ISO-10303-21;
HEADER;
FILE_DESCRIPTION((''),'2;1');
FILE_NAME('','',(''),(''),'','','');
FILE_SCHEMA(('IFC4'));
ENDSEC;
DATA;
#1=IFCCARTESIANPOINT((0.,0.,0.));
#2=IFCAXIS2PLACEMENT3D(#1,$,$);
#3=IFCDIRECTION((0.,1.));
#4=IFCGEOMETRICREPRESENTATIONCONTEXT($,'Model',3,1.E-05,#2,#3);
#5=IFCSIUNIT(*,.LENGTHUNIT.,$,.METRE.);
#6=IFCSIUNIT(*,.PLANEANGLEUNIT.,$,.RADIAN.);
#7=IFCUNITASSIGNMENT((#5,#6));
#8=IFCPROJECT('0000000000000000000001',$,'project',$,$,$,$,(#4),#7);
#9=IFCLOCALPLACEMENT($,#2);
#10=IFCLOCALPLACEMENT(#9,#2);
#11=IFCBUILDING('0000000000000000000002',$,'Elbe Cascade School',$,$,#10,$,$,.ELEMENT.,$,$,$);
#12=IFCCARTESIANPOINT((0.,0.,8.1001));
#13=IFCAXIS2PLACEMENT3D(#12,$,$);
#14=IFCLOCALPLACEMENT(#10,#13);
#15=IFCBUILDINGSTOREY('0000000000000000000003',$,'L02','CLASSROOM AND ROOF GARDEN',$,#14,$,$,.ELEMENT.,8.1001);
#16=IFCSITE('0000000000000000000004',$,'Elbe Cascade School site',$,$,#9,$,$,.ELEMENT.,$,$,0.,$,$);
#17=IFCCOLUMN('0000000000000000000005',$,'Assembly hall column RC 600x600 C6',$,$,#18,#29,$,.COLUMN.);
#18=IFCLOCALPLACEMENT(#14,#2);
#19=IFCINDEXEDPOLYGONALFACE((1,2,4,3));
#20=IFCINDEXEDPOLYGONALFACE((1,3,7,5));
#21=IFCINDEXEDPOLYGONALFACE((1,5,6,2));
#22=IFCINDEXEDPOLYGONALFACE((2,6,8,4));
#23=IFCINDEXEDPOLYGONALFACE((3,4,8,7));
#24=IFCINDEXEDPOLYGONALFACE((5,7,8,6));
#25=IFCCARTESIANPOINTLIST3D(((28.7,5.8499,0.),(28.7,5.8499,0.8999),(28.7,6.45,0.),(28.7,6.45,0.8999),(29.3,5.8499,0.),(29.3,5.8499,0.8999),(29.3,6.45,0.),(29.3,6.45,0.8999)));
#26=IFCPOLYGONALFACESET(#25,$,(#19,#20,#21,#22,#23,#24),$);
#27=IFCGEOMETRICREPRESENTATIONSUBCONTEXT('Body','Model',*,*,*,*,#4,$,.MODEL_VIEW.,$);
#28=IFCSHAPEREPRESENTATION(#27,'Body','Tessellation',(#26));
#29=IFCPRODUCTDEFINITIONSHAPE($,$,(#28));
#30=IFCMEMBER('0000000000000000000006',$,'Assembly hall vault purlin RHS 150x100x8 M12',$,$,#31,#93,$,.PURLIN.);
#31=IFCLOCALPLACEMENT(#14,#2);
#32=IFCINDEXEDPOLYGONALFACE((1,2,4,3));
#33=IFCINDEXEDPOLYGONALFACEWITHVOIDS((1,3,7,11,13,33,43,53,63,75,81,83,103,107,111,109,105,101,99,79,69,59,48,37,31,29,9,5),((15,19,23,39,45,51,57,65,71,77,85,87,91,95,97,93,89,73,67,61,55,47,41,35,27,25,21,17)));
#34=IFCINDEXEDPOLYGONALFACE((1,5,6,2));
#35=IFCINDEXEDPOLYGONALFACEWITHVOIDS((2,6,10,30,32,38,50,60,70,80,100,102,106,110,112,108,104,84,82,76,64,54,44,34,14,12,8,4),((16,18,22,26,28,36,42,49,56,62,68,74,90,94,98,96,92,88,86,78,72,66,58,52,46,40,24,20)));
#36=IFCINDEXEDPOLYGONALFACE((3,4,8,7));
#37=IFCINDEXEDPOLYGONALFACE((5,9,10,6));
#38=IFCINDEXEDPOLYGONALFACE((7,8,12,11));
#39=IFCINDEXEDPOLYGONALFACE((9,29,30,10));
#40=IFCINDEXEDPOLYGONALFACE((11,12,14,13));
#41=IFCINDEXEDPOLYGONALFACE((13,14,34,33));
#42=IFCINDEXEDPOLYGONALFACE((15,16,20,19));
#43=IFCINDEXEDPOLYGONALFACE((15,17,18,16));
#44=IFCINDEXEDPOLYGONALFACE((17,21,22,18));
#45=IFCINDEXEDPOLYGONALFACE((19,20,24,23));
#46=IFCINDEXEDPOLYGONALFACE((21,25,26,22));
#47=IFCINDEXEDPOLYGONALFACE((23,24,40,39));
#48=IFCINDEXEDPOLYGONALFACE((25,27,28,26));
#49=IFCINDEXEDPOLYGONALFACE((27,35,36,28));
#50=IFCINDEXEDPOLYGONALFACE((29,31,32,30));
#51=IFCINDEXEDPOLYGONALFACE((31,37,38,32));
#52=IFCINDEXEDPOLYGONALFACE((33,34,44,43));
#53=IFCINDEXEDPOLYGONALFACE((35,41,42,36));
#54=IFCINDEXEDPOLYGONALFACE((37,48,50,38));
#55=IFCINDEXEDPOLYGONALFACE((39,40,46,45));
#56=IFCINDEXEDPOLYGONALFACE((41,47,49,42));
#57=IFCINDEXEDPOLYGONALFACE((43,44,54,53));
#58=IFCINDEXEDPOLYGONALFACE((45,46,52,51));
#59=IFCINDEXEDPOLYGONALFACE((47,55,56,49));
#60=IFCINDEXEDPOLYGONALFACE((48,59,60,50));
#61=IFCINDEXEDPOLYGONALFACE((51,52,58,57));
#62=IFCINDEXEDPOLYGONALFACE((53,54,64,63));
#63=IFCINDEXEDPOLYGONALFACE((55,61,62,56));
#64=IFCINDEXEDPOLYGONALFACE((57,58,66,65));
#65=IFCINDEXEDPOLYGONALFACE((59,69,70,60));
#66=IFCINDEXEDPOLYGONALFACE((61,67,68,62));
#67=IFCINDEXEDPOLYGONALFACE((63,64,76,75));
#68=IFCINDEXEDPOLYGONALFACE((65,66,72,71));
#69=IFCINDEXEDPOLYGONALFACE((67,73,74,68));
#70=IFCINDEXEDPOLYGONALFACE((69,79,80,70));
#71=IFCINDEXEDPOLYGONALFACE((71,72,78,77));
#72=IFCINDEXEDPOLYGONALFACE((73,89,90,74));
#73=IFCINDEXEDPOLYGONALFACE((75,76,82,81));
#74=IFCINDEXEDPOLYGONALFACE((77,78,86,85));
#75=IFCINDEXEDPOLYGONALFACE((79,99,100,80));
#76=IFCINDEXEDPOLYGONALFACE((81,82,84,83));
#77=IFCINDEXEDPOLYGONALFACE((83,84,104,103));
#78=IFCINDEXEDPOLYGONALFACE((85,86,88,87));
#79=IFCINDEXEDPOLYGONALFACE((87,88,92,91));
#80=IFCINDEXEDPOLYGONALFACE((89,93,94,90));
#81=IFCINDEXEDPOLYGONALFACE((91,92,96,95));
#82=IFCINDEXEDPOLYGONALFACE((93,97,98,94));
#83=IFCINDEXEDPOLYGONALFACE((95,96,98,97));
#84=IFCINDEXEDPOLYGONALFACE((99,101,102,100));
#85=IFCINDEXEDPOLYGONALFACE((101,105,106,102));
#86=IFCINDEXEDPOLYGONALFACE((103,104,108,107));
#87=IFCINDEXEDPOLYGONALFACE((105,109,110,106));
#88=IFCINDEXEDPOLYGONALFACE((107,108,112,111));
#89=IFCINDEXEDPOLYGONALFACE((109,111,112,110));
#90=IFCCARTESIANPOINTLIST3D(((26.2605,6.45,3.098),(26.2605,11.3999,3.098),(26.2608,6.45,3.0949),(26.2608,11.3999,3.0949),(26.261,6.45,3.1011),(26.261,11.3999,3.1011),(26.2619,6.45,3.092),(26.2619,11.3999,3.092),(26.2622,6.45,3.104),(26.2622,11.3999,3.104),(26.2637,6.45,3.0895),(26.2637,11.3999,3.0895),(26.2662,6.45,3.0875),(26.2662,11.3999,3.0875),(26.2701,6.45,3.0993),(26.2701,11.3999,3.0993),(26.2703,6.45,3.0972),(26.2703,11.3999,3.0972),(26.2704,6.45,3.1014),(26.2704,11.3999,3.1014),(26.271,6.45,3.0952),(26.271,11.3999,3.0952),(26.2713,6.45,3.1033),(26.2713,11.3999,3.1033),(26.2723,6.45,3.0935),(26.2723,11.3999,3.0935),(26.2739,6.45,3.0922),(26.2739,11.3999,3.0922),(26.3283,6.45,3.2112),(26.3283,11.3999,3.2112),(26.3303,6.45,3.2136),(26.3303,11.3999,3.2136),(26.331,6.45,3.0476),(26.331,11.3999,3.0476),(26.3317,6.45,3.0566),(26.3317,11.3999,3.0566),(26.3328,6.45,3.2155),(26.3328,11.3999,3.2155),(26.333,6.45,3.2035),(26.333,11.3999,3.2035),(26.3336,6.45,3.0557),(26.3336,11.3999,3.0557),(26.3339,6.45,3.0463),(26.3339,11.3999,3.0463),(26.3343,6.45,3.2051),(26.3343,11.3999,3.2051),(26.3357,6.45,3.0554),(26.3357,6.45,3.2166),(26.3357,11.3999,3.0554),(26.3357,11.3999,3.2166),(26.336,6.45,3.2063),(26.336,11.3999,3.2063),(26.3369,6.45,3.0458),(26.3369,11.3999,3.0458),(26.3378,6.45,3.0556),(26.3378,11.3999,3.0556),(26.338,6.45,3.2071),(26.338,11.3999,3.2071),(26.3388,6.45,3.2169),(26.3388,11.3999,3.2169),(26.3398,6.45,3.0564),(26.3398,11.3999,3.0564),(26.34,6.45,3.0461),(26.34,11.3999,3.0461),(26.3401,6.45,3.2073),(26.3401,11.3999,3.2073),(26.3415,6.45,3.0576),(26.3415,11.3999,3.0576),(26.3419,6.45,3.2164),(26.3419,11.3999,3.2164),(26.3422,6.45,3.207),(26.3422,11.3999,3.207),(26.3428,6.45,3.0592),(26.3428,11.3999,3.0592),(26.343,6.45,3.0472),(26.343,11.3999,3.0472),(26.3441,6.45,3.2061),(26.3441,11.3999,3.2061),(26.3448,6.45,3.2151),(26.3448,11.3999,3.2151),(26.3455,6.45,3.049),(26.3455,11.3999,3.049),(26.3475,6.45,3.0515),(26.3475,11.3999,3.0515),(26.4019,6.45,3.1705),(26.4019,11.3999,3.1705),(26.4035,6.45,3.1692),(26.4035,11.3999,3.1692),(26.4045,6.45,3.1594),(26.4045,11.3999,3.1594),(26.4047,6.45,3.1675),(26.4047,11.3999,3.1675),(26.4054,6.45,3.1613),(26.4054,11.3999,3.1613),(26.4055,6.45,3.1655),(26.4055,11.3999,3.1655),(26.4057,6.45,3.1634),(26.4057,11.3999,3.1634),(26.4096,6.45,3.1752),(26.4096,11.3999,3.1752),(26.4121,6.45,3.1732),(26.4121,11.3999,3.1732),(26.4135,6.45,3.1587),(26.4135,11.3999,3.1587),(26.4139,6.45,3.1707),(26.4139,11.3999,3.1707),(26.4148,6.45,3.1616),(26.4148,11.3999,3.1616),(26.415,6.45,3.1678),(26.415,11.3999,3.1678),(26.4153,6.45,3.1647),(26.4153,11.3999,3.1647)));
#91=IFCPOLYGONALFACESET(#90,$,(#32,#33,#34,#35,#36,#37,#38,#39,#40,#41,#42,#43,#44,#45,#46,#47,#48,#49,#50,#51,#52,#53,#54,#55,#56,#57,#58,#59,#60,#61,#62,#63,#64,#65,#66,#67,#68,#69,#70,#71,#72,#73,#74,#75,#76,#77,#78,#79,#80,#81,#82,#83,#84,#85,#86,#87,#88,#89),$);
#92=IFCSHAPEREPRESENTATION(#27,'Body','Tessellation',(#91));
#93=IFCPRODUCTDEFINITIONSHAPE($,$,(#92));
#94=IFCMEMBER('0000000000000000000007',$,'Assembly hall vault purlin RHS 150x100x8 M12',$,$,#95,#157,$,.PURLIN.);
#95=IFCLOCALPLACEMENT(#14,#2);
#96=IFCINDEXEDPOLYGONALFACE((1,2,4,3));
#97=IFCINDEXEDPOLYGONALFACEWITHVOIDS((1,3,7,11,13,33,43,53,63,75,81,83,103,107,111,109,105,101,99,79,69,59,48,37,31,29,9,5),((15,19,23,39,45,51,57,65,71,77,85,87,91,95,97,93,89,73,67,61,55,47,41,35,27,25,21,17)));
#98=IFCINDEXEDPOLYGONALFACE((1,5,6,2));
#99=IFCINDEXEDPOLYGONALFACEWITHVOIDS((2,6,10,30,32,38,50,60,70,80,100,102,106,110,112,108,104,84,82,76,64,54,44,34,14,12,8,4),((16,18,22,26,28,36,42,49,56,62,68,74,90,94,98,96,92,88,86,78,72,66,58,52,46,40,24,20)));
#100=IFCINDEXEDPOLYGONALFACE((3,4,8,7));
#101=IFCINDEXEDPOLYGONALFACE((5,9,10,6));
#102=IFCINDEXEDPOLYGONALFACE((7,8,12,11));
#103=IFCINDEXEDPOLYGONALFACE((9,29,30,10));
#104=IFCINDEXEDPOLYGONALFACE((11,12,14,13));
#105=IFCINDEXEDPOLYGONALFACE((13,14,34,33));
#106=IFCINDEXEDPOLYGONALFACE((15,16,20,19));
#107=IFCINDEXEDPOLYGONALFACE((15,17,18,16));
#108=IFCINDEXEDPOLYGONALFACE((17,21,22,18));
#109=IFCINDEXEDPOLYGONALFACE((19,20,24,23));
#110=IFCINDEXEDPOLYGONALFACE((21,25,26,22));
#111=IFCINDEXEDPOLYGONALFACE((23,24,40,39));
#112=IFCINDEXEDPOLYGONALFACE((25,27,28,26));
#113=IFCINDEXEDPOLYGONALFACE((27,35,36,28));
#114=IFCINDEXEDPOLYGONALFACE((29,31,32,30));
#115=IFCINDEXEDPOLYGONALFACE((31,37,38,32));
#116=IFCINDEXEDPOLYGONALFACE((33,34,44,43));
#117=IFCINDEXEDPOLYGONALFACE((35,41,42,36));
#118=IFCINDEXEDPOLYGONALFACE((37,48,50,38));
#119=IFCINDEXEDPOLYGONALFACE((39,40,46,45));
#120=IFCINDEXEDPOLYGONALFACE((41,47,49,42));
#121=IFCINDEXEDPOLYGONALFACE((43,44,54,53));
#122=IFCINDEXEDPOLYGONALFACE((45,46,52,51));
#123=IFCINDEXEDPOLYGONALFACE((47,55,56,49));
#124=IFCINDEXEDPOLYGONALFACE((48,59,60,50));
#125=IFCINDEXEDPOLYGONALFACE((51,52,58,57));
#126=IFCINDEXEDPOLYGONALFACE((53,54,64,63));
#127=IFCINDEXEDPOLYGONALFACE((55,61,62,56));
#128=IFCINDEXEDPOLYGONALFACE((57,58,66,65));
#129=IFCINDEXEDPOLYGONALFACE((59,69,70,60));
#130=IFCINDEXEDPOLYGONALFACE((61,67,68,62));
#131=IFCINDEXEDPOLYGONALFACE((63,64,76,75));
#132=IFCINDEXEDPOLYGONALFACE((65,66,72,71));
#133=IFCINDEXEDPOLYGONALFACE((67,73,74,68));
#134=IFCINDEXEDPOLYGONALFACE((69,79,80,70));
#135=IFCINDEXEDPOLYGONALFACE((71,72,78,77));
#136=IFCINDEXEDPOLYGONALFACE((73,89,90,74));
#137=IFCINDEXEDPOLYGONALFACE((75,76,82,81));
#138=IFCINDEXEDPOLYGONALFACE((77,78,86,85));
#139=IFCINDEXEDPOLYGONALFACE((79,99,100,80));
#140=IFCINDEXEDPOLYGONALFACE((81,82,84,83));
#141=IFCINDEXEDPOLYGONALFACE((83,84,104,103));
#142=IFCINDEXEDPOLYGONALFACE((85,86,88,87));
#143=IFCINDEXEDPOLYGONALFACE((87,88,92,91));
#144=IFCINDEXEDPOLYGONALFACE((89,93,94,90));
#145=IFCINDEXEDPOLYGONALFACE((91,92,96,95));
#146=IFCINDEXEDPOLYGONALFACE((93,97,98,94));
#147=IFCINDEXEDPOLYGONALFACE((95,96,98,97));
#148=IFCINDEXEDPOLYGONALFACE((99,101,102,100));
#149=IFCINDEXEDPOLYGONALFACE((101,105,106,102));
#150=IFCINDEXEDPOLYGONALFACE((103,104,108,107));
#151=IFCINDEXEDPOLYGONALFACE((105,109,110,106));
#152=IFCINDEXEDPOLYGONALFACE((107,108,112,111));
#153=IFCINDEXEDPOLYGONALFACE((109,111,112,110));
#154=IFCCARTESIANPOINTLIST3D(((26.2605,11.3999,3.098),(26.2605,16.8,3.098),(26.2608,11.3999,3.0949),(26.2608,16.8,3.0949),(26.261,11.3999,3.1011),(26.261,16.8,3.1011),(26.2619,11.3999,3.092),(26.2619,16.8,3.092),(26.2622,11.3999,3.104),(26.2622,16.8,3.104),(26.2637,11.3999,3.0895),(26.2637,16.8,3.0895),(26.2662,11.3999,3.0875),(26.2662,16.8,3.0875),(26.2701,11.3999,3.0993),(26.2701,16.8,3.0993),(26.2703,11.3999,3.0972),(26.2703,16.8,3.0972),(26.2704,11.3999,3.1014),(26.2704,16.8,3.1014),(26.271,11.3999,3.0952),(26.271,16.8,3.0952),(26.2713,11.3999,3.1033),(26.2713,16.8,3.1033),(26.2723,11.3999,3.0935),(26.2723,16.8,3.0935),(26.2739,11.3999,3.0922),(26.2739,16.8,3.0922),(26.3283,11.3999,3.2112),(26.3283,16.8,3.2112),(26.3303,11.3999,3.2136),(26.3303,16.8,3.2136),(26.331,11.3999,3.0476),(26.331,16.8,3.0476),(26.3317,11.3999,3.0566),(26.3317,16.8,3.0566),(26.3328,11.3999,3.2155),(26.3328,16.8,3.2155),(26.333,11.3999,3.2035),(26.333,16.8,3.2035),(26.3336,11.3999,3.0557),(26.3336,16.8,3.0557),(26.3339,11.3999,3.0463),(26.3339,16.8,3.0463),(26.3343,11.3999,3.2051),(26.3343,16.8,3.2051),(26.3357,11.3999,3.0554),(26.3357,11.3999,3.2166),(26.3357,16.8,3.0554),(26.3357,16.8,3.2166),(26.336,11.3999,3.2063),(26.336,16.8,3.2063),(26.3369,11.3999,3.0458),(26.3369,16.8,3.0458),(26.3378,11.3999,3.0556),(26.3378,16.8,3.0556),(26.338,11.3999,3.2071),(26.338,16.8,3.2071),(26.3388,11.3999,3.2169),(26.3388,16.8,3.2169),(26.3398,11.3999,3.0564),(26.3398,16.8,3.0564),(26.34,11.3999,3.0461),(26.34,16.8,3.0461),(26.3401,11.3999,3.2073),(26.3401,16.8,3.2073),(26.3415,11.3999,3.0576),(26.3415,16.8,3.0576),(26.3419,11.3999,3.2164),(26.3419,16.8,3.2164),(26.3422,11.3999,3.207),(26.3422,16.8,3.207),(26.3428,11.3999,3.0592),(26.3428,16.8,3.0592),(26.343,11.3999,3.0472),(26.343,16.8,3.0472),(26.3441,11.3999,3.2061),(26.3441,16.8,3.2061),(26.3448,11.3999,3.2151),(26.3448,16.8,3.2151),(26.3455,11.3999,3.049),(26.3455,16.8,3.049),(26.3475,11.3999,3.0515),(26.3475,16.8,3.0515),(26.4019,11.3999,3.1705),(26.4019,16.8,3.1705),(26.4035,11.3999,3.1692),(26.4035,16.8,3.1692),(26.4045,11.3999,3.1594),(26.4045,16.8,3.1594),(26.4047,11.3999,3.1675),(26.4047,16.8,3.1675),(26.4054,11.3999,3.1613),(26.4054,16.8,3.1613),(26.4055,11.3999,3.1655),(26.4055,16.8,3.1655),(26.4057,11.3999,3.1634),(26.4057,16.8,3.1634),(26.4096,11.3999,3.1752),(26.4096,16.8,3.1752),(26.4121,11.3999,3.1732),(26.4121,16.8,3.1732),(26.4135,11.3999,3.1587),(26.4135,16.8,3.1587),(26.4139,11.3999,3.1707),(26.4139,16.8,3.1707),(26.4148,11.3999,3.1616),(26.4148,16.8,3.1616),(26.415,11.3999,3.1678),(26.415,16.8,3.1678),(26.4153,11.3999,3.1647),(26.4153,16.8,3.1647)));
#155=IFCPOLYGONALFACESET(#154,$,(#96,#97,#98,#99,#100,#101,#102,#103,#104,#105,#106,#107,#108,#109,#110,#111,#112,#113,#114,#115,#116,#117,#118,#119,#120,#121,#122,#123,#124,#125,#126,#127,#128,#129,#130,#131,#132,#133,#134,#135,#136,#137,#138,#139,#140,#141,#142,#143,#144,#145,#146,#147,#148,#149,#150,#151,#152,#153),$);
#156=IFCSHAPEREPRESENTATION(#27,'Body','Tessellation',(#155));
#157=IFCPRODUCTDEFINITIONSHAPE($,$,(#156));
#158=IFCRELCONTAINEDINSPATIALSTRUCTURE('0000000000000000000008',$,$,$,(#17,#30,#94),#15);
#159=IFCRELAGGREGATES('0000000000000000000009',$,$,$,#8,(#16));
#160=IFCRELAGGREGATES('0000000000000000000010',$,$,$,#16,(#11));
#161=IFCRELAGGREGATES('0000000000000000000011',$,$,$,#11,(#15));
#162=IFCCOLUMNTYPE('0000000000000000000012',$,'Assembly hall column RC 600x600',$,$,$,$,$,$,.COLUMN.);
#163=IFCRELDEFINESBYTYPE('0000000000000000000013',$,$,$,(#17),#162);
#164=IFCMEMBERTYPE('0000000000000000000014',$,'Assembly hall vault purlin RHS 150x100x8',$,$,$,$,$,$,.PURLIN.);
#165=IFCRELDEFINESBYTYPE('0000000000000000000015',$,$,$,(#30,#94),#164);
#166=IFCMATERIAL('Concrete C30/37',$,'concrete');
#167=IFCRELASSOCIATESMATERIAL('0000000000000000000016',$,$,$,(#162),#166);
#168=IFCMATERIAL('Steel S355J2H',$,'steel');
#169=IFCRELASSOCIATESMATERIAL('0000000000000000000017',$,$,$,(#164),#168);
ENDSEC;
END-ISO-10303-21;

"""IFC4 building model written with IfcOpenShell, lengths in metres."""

from ifc_helpers import new_model, si_unit, direction, frame, origin, origin_2d, place, context, subcontext, project, spatial, rectangle, hollow_rectangle, extrude, material, material_profile, profile_set, type_object, element, save


model = new_model("IFC4")

# Units and contexts
model_context = context("Model", 3, precision=1e-05, world=origin(), true_north=direction((0.0, 1.0)))
body_context = subcontext(model_context, "Body", "Model", "MODEL_VIEW")
ifc_project = project(units=[si_unit("LENGTHUNIT", "METRE"), si_unit("PLANEANGLEUNIT", "RADIAN")], contexts=[model_context])

# Site, building, storey
site_placement = place(None, origin())
site = spatial("IfcSite", under=ifc_project, at=site_placement, Name="Elbe Cascade School site", CompositionType="ELEMENT", RefElevation=0.0)
building_placement = place(site_placement, origin())
building = spatial("IfcBuilding", under=site, at=building_placement, Name="Elbe Cascade School", CompositionType="ELEMENT")
storey_placement = place(building_placement, frame((0.0, 0.0, 8.1001)))
storey = spatial("IfcBuildingStorey", under=building, at=storey_placement, Name="L02", Description="CLASSROOM AND ROOF GARDEN", CompositionType="ELEMENT", Elevation=8.1001)

# Column
ifc_material_1 = material(Name="Concrete C30/37", Category="concrete")
ifc_material_profile_1 = material_profile(ifc_material_1, rectangle(XDim=0.6001, YDim=0.6001, at=origin_2d()), Name="RC 600x600")
ifc_profile_set_1 = profile_set([ifc_material_profile_1], Name="Concrete C30/37")
column_type = type_object("IfcColumnType", Name="Assembly hall column RC 600x600", PredefinedType="COLUMN", material=ifc_profile_set_1)
column_placement = place(storey_placement, frame((29.0, 6.1499, 0.0), z_axis=(0.0, 0.0, 1.0), x_axis=(1.0, 0.0, 0.0)))
element("IfcColumn", 1, at=column_placement, inside=storey, type_object=column_type, Name="Assembly hall column RC 600x600 C6", PredefinedType="COLUMN", context=body_context, shape_type="SweptSolid", body=[
    extrude(rectangle(XDim=0.6001, YDim=0.6001, at=origin_2d()), origin(), (0.0, 0.0, 1.0), 0.8999),
])

# Members
ifc_material_2 = material(Name="Steel S355J2H", Category="steel")
ifc_material_profile_2 = material_profile(ifc_material_2, hollow_rectangle(XDim=0.1001, YDim=0.1499, WallThickness=0.0081, InnerFilletRadius=0.0081, OuterFilletRadius=0.012, at=origin_2d()), Name="RHS 150x100x8")
ifc_profile_set_2 = profile_set([ifc_material_profile_2], Name="Steel S355J2H")
member_type_1 = type_object("IfcMemberType", Name="Assembly hall vault purlin RHS 150x100x8", PredefinedType="PURLIN", material=ifc_profile_set_2)
member_1_placement = place(storey_placement, frame((26.3379, 6.45, 3.1313), z_axis=(0.0, 1.0, 0.0), x_axis=(-0.851418, 0.0, 0.524488)))
element("IfcMember", 2, at=member_1_placement, inside=storey, type_object=member_type_1, Name="Assembly hall vault purlin RHS 150x100x8 M12", PredefinedType="PURLIN", context=body_context, shape_type="SweptSolid", body=[
    extrude(hollow_rectangle(XDim=0.1001, YDim=0.1499, WallThickness=0.0081, InnerFilletRadius=0.0081, OuterFilletRadius=0.012, at=origin_2d()), origin(), (0.0, 0.0, 1.0), 4.95),
])
member_2_placement = place(storey_placement, frame((26.3379, 11.3999, 3.1313), z_axis=(0.0, 1.0, 0.0), x_axis=(-0.851418, 0.0, 0.524488)))
element("IfcMember", 3, at=member_2_placement, inside=storey, type_object=member_type_1, Name="Assembly hall vault purlin RHS 150x100x8 M12", PredefinedType="PURLIN", context=body_context, shape_type="SweptSolid", body=[
    extrude(hollow_rectangle(XDim=0.1001, YDim=0.1499, WallThickness=0.0081, InnerFilletRadius=0.0081, OuterFilletRadius=0.012, at=origin_2d()), origin(), (0.0, 0.0, 1.0), 5.4001),
])

save(model, "model.ifc")
